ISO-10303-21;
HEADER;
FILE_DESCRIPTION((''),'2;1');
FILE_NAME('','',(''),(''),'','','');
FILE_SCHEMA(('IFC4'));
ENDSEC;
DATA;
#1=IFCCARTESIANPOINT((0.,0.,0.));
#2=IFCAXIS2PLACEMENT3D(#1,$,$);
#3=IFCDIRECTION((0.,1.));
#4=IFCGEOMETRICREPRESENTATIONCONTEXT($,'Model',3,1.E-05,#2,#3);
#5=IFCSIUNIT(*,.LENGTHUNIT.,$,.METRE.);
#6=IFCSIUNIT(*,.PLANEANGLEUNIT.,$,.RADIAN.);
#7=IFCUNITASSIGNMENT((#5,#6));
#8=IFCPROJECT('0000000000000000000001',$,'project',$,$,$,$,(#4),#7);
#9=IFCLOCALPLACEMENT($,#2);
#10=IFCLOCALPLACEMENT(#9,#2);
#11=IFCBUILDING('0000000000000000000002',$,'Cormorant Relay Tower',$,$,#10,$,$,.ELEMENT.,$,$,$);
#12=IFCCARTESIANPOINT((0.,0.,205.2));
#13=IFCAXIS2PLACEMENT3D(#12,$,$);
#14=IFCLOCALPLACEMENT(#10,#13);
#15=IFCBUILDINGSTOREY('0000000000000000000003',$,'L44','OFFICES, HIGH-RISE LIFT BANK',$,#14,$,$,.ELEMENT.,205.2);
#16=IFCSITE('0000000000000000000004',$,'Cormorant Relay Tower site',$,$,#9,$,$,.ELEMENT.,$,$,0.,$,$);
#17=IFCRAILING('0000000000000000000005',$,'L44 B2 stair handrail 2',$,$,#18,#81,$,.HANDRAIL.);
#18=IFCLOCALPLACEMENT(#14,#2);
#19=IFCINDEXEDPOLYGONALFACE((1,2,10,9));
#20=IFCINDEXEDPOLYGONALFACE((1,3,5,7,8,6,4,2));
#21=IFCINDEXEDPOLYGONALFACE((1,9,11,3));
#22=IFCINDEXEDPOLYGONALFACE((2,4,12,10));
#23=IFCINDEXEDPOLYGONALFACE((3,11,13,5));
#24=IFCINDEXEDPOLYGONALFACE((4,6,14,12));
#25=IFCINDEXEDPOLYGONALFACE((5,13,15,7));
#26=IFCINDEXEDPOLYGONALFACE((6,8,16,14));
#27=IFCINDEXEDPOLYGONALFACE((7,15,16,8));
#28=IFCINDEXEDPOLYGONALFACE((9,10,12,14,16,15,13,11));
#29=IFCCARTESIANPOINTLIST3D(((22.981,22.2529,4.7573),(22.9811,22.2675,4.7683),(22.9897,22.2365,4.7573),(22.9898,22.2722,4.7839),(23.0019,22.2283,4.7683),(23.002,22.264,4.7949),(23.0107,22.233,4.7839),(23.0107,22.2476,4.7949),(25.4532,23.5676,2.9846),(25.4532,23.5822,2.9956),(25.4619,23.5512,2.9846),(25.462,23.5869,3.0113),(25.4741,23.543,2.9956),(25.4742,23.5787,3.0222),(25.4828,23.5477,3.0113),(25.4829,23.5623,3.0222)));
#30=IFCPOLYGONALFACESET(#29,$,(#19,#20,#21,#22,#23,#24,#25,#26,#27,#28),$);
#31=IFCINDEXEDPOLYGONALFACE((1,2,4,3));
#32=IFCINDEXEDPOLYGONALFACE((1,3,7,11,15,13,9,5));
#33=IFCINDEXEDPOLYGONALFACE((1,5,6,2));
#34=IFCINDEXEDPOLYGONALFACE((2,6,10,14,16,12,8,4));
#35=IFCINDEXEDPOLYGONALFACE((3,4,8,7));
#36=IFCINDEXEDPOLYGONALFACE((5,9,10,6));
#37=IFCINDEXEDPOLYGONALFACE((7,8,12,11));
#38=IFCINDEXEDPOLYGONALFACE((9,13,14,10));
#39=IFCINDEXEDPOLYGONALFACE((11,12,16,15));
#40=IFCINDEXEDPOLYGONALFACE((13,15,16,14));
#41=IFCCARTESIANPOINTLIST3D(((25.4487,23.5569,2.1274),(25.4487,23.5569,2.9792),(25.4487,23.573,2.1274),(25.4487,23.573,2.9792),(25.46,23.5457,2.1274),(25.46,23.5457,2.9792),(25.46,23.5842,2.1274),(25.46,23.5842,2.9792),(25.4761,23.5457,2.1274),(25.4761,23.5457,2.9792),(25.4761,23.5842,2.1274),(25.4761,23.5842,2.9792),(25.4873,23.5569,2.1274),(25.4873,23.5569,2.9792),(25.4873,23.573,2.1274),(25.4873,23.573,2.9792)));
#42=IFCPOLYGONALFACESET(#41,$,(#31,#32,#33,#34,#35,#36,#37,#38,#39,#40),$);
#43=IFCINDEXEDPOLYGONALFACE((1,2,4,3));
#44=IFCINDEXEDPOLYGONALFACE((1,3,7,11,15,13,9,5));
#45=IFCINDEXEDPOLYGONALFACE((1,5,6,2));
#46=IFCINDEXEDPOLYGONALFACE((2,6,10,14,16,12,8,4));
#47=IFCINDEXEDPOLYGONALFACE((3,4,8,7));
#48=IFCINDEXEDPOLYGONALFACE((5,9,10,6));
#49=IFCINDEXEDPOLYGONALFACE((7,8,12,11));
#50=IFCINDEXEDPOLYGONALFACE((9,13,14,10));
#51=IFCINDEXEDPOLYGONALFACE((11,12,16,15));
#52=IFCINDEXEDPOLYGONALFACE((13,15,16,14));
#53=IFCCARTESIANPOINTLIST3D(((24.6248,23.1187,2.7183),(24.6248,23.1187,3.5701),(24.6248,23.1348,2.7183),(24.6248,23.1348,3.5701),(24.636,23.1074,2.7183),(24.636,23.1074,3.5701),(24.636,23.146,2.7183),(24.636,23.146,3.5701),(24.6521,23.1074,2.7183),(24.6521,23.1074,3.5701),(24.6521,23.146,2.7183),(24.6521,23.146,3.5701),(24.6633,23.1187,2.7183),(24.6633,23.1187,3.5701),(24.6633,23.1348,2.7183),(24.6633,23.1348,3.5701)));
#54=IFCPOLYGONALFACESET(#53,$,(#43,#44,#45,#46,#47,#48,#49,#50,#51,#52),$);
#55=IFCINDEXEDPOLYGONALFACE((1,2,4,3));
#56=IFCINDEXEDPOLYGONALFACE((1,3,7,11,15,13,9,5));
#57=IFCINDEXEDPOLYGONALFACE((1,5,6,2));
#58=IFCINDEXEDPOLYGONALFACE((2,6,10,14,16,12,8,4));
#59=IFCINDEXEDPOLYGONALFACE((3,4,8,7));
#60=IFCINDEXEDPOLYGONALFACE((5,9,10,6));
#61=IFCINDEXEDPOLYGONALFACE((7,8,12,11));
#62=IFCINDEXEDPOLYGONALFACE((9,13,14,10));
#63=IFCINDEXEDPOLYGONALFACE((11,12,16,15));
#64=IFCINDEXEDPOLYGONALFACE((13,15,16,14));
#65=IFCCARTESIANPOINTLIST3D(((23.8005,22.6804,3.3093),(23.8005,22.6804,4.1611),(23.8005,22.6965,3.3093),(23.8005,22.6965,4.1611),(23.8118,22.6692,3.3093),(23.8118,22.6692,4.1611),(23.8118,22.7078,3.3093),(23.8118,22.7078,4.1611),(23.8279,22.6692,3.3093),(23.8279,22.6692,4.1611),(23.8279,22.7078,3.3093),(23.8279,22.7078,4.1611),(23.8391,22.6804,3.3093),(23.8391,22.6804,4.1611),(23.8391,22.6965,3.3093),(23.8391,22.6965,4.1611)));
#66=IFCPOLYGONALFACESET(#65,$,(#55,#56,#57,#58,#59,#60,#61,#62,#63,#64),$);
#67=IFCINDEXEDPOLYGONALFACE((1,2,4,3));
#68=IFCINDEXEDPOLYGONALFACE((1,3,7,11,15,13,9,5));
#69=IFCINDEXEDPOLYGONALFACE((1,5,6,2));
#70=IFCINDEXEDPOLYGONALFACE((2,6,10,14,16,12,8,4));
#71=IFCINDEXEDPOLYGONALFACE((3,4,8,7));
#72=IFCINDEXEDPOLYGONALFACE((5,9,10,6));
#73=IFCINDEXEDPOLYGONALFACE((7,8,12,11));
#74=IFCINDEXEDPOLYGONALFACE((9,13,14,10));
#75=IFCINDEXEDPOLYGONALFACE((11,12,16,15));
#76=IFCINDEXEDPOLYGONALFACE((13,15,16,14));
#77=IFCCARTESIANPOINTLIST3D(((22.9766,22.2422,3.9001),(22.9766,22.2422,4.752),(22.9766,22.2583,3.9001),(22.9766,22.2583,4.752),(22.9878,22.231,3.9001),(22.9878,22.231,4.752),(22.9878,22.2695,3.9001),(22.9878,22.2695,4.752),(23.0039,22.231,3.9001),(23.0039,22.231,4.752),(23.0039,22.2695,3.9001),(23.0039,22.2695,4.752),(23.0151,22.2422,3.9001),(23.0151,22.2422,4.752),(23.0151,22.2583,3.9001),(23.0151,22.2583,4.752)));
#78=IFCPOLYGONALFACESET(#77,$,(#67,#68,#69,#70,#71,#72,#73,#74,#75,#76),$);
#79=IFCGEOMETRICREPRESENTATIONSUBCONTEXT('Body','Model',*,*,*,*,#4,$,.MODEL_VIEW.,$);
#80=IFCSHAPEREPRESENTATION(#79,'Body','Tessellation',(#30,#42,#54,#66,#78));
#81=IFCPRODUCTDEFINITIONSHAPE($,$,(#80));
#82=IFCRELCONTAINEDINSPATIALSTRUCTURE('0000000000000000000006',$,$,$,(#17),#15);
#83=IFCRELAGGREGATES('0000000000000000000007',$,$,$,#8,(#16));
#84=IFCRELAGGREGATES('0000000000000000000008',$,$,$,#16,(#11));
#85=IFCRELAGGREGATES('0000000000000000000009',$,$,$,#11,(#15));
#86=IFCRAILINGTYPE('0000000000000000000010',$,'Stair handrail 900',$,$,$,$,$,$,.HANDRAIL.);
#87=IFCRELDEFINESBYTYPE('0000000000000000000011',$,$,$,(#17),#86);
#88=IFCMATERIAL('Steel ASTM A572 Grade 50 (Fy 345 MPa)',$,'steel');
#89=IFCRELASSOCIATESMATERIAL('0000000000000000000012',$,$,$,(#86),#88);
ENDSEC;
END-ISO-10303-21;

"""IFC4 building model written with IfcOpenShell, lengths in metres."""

from ifc_helpers import new_model, si_unit, direction, frame, origin, place, context, subcontext, project, spatial, polyline, outline, extrude, material, type_object, element, save


model = new_model("IFC4")

# Units and contexts
model_context = context("Model", 3, precision=1e-05, world=origin(), true_north=direction((0.0, 1.0)))
body_context = subcontext(model_context, "Body", "Model", "MODEL_VIEW")
ifc_project = project(units=[si_unit("LENGTHUNIT", "METRE"), si_unit("PLANEANGLEUNIT", "RADIAN")], contexts=[model_context])

# Site, building, storey
site_placement = place(None, origin())
site = spatial("IfcSite", under=ifc_project, at=site_placement, Name="Cormorant Relay Tower site", CompositionType="ELEMENT", RefElevation=0.0)
building_placement = place(site_placement, origin())
building = spatial("IfcBuilding", under=site, at=building_placement, Name="Cormorant Relay Tower", CompositionType="ELEMENT")
storey_placement = place(building_placement, frame((0.0, 0.0, 205.2)))
storey = spatial("IfcBuildingStorey", under=building, at=storey_placement, Name="L44", Description="OFFICES, HIGH-RISE LIFT BANK", CompositionType="ELEMENT", Elevation=205.2)

# Railing
ifc_material_1 = material(Name="Steel ASTM A572 Grade 50 (Fy 345 MPa)", Category="steel")
railing_type = type_object("IfcRailingType", Name="Stair handrail 900", PredefinedType="HANDRAIL", material=ifc_material_1)
railing_placement = place(storey_placement, frame((25.468, 23.5649, 2.1274)))
element("IfcRailing", 1, at=railing_placement, inside=storey, type_object=railing_type, Name="L44 B2 stair handrail 2", PredefinedType="HANDRAIL", context=body_context, shape_type="SweptSolid", body=[
    extrude(outline(polyline([(0.0222, 0.0093), (0.0093, 0.0222), (-0.0093, 0.0222), (-0.0222, 0.0093), (-0.0222, -0.0093), (-0.0093, -0.0222), (0.0093, -0.0222), (0.0222, -0.0093), (0.0222, 0.0093)])), frame((0.0, 0.0, 0.876), z_axis=(-0.745979, -0.396711, 0.534916), x_axis=(0.469533, -0.882915, 0.0)), (0.0, 0.0, 1.0), 3.314),
    extrude(outline(polyline([(0.0193, 0.0081), (0.0081, 0.0193), (-0.0081, 0.0193), (-0.0193, 0.0081), (-0.0193, -0.0081), (-0.0081, -0.0193), (0.0081, -0.0193), (0.0193, -0.0081), (0.0193, 0.0081)])), origin(), (0.0, 0.0, 1.0), 0.8518),
    extrude(outline(polyline([(0.0193, 0.0081), (0.0081, 0.0193), (-0.0081, 0.0193), (-0.0193, 0.0081), (-0.0193, -0.0081), (-0.0081, -0.0193), (0.0081, -0.0193), (0.0193, -0.0081), (0.0193, 0.0081)])), frame((-0.824, -0.4382, 0.5908)), (0.0, 0.0, 1.0), 0.8518),
    extrude(outline(polyline([(0.0193, 0.0081), (0.0081, 0.0193), (-0.0081, 0.0193), (-0.0193, 0.0081), (-0.0193, -0.0081), (-0.0081, -0.0193), (0.0081, -0.0193), (0.0193, -0.0081), (0.0193, 0.0081)])), frame((-1.6482, -0.8765, 1.1819)), (0.0, 0.0, 1.0), 0.8518),
    extrude(outline(polyline([(0.0193, 0.0081), (0.0081, 0.0193), (-0.0081, 0.0193), (-0.0193, 0.0081), (-0.0193, -0.0081), (-0.0081, -0.0193), (0.0081, -0.0193), (0.0193, -0.0081), (0.0193, 0.0081)])), frame((-2.4722, -1.3147, 1.7727)), (0.0, 0.0, 1.0), 0.8518),
])

save(model, "model.ifc")
